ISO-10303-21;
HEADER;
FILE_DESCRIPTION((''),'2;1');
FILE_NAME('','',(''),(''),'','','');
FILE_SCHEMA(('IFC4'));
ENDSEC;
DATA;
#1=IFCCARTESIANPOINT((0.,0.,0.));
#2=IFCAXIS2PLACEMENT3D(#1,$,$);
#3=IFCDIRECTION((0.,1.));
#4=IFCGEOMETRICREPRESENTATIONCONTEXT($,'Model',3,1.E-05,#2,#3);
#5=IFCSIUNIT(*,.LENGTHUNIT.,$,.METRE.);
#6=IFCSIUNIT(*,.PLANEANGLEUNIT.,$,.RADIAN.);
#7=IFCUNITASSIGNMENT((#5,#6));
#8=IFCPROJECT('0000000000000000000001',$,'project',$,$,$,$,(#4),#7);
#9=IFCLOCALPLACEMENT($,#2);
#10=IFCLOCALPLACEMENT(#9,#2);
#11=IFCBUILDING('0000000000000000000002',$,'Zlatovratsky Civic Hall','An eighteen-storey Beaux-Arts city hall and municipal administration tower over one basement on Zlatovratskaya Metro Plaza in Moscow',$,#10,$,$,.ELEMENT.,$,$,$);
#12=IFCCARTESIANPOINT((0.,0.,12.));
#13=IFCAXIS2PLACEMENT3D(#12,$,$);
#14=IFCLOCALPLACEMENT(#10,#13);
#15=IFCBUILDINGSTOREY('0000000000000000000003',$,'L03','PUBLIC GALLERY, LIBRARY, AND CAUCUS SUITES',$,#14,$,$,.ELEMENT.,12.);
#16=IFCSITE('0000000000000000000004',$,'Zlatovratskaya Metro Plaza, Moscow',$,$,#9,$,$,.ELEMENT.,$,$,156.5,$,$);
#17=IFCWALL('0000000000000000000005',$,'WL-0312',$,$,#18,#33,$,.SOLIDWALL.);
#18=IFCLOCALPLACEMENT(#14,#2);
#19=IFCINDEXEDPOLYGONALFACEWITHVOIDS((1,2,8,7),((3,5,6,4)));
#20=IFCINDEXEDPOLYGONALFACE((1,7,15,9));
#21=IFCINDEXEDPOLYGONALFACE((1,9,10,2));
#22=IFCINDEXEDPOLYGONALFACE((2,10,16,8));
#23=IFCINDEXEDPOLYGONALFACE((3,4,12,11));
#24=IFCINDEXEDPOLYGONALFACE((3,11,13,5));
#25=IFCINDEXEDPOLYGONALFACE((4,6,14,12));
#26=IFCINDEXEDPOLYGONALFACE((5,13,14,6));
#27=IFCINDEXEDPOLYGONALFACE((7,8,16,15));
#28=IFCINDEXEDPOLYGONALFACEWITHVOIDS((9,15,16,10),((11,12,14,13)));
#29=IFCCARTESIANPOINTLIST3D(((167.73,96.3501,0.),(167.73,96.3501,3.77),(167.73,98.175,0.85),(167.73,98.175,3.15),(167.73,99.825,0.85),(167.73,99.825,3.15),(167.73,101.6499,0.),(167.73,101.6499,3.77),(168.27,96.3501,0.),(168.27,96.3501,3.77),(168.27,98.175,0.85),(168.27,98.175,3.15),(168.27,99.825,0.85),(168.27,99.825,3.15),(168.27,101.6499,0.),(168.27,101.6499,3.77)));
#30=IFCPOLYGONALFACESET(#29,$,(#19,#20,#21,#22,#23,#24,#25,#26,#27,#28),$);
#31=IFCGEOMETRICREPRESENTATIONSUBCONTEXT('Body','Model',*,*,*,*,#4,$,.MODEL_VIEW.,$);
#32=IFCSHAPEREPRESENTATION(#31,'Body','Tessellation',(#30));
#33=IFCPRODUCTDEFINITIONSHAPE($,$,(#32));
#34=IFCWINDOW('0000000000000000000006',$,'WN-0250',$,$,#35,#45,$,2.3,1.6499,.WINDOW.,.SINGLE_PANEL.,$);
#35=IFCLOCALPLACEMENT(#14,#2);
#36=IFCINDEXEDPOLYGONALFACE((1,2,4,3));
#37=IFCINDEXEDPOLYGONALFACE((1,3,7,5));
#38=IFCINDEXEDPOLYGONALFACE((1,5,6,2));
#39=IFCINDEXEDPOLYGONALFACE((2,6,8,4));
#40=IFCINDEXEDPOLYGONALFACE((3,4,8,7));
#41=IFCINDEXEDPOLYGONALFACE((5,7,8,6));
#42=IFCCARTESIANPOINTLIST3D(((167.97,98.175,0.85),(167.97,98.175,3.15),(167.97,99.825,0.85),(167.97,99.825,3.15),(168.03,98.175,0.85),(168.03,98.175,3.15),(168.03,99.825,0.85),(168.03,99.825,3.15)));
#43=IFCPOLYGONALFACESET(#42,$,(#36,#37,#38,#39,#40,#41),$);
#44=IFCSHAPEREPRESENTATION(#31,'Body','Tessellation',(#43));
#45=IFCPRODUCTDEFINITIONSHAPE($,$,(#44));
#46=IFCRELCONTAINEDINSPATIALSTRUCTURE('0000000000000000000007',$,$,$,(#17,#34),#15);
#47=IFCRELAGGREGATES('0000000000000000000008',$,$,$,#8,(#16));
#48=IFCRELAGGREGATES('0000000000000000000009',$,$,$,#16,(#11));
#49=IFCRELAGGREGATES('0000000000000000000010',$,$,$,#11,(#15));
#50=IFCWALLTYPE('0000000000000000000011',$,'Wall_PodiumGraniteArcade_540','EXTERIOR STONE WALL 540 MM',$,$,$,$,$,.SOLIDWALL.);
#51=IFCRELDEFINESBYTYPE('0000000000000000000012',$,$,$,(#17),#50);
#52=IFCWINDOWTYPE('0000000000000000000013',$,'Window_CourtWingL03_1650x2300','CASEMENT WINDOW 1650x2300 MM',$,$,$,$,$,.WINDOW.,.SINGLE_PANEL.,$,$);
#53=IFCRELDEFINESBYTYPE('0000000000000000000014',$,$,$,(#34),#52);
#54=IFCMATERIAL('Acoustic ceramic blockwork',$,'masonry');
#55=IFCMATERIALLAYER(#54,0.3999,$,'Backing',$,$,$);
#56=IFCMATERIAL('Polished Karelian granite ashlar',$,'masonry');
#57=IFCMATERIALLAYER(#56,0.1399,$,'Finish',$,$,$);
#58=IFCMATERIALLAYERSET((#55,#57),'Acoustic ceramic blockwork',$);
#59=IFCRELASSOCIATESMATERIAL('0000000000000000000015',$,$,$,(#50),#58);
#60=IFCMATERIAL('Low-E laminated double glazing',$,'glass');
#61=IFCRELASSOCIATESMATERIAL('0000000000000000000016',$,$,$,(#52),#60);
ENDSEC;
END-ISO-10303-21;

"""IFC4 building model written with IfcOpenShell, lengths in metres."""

from ifc_helpers import new_model, si_unit, direction, frame, frame_2d, origin, place, context, subcontext, project, spatial, rectangle, extrude, material, layer, layer_set, type_object, element, fill, save


model = new_model("IFC4")

# Units and contexts
model_context = context("Model", 3, precision=1e-05, world=origin(), true_north=direction((0.0, 1.0)))
body_context = subcontext(model_context, "Body", "Model", "MODEL_VIEW")
ifc_project = project(units=[si_unit("LENGTHUNIT", "METRE"), si_unit("PLANEANGLEUNIT", "RADIAN")], contexts=[model_context])

# Site, building, storey
site_placement = place(None, origin())
site = spatial("IfcSite", under=ifc_project, at=site_placement, Name="Zlatovratskaya Metro Plaza, Moscow", CompositionType="ELEMENT", RefElevation=156.5)
building_placement = place(site_placement, origin())
building = spatial("IfcBuilding", under=site, at=building_placement, Name="Zlatovratsky Civic Hall", Description="An eighteen-storey Beaux-Arts city hall and municipal administration tower over one basement on Zlatovratskaya Metro Plaza in Moscow", CompositionType="ELEMENT")
storey_placement = place(building_placement, frame((0.0, 0.0, 12.0)))
storey = spatial("IfcBuildingStorey", under=building, at=storey_placement, Name="L03", Description="PUBLIC GALLERY, LIBRARY, AND CAUCUS SUITES", CompositionType="ELEMENT", Elevation=12.0)

# Shared definitions
ifc_material_1 = material(Name="Acoustic ceramic blockwork", Category="masonry")

# Wall, opening, window
ifc_layer_1 = layer(ifc_material_1, 0.3999, Name="Backing")
ifc_material_2 = material(Name="Polished Karelian granite ashlar", Category="masonry")
ifc_layer_2 = layer(ifc_material_2, 0.1399, Name="Finish")
ifc_layer_set_1 = layer_set([ifc_layer_1, ifc_layer_2], Name="Acoustic ceramic blockwork")
wall_type_1 = type_object("IfcWallType", Name="Wall_PodiumGraniteArcade_540", Description="EXTERIOR STONE WALL 540 MM", PredefinedType="SOLIDWALL", material=ifc_layer_set_1)
wall_1_placement = place(storey_placement, frame((168.0, 96.3501, 0.0), z_axis=(0.0, 0.0, 1.0), x_axis=(0.0, 1.0, 0.0)))
wall_1 = element("IfcWall", 1, at=wall_1_placement, inside=storey, type_object=wall_type_1, Name="WL-0312", PredefinedType="SOLIDWALL", context=body_context, shape_type="SweptSolid", body=[
    extrude(rectangle(XDim=5.2998, YDim=0.54, at=frame_2d((2.6499, 0.0))), origin(), (0.0, 0.0, 1.0), 3.77),
])
opening_placement = place(wall_1_placement, frame((1.825, 0.0, 0.8501)))
opening = element("IfcOpeningElement", 2, at=opening_placement, cuts=wall_1, PredefinedType="OPENING", context=body_context, shape_type="SweptSolid", body=[
    extrude(rectangle(XDim=1.6499, YDim=2.3, at=frame_2d((0.825, 1.1499))), frame((0.0, 0.2849, 0.0), z_axis=(0.0, -1.0, 0.0), x_axis=(1.0, 0.0, 0.0)), (0.0, 0.0, 1.0), 0.5698),
])
ifc_material_3 = material(Name="Low-E laminated double glazing", Category="glass")
window_type = type_object("IfcWindowType", Name="Window_CourtWingL03_1650x2300", Description="CASEMENT WINDOW 1650x2300 MM", PartitioningType="SINGLE_PANEL", PredefinedType="WINDOW", material=ifc_material_3)
window_placement = place(opening_placement, origin())
window = element("IfcWindow", 3, at=window_placement, inside=storey, type_object=window_type, Name="WN-0250", OverallHeight=2.3, OverallWidth=1.6499, PartitioningType="SINGLE_PANEL", PredefinedType="WINDOW", context=body_context, shape_type="SweptSolid", body=[
    extrude(rectangle(XDim=1.6499, YDim=2.3, at=frame_2d((0.825, 1.1499))), frame((0.0, 0.03, 0.0), z_axis=(0.0, -1.0, 0.0), x_axis=(1.0, 0.0, 0.0)), (0.0, 0.0, 1.0), 0.0601),
])
fill(opening, window)

save(model, "model.ifc")
